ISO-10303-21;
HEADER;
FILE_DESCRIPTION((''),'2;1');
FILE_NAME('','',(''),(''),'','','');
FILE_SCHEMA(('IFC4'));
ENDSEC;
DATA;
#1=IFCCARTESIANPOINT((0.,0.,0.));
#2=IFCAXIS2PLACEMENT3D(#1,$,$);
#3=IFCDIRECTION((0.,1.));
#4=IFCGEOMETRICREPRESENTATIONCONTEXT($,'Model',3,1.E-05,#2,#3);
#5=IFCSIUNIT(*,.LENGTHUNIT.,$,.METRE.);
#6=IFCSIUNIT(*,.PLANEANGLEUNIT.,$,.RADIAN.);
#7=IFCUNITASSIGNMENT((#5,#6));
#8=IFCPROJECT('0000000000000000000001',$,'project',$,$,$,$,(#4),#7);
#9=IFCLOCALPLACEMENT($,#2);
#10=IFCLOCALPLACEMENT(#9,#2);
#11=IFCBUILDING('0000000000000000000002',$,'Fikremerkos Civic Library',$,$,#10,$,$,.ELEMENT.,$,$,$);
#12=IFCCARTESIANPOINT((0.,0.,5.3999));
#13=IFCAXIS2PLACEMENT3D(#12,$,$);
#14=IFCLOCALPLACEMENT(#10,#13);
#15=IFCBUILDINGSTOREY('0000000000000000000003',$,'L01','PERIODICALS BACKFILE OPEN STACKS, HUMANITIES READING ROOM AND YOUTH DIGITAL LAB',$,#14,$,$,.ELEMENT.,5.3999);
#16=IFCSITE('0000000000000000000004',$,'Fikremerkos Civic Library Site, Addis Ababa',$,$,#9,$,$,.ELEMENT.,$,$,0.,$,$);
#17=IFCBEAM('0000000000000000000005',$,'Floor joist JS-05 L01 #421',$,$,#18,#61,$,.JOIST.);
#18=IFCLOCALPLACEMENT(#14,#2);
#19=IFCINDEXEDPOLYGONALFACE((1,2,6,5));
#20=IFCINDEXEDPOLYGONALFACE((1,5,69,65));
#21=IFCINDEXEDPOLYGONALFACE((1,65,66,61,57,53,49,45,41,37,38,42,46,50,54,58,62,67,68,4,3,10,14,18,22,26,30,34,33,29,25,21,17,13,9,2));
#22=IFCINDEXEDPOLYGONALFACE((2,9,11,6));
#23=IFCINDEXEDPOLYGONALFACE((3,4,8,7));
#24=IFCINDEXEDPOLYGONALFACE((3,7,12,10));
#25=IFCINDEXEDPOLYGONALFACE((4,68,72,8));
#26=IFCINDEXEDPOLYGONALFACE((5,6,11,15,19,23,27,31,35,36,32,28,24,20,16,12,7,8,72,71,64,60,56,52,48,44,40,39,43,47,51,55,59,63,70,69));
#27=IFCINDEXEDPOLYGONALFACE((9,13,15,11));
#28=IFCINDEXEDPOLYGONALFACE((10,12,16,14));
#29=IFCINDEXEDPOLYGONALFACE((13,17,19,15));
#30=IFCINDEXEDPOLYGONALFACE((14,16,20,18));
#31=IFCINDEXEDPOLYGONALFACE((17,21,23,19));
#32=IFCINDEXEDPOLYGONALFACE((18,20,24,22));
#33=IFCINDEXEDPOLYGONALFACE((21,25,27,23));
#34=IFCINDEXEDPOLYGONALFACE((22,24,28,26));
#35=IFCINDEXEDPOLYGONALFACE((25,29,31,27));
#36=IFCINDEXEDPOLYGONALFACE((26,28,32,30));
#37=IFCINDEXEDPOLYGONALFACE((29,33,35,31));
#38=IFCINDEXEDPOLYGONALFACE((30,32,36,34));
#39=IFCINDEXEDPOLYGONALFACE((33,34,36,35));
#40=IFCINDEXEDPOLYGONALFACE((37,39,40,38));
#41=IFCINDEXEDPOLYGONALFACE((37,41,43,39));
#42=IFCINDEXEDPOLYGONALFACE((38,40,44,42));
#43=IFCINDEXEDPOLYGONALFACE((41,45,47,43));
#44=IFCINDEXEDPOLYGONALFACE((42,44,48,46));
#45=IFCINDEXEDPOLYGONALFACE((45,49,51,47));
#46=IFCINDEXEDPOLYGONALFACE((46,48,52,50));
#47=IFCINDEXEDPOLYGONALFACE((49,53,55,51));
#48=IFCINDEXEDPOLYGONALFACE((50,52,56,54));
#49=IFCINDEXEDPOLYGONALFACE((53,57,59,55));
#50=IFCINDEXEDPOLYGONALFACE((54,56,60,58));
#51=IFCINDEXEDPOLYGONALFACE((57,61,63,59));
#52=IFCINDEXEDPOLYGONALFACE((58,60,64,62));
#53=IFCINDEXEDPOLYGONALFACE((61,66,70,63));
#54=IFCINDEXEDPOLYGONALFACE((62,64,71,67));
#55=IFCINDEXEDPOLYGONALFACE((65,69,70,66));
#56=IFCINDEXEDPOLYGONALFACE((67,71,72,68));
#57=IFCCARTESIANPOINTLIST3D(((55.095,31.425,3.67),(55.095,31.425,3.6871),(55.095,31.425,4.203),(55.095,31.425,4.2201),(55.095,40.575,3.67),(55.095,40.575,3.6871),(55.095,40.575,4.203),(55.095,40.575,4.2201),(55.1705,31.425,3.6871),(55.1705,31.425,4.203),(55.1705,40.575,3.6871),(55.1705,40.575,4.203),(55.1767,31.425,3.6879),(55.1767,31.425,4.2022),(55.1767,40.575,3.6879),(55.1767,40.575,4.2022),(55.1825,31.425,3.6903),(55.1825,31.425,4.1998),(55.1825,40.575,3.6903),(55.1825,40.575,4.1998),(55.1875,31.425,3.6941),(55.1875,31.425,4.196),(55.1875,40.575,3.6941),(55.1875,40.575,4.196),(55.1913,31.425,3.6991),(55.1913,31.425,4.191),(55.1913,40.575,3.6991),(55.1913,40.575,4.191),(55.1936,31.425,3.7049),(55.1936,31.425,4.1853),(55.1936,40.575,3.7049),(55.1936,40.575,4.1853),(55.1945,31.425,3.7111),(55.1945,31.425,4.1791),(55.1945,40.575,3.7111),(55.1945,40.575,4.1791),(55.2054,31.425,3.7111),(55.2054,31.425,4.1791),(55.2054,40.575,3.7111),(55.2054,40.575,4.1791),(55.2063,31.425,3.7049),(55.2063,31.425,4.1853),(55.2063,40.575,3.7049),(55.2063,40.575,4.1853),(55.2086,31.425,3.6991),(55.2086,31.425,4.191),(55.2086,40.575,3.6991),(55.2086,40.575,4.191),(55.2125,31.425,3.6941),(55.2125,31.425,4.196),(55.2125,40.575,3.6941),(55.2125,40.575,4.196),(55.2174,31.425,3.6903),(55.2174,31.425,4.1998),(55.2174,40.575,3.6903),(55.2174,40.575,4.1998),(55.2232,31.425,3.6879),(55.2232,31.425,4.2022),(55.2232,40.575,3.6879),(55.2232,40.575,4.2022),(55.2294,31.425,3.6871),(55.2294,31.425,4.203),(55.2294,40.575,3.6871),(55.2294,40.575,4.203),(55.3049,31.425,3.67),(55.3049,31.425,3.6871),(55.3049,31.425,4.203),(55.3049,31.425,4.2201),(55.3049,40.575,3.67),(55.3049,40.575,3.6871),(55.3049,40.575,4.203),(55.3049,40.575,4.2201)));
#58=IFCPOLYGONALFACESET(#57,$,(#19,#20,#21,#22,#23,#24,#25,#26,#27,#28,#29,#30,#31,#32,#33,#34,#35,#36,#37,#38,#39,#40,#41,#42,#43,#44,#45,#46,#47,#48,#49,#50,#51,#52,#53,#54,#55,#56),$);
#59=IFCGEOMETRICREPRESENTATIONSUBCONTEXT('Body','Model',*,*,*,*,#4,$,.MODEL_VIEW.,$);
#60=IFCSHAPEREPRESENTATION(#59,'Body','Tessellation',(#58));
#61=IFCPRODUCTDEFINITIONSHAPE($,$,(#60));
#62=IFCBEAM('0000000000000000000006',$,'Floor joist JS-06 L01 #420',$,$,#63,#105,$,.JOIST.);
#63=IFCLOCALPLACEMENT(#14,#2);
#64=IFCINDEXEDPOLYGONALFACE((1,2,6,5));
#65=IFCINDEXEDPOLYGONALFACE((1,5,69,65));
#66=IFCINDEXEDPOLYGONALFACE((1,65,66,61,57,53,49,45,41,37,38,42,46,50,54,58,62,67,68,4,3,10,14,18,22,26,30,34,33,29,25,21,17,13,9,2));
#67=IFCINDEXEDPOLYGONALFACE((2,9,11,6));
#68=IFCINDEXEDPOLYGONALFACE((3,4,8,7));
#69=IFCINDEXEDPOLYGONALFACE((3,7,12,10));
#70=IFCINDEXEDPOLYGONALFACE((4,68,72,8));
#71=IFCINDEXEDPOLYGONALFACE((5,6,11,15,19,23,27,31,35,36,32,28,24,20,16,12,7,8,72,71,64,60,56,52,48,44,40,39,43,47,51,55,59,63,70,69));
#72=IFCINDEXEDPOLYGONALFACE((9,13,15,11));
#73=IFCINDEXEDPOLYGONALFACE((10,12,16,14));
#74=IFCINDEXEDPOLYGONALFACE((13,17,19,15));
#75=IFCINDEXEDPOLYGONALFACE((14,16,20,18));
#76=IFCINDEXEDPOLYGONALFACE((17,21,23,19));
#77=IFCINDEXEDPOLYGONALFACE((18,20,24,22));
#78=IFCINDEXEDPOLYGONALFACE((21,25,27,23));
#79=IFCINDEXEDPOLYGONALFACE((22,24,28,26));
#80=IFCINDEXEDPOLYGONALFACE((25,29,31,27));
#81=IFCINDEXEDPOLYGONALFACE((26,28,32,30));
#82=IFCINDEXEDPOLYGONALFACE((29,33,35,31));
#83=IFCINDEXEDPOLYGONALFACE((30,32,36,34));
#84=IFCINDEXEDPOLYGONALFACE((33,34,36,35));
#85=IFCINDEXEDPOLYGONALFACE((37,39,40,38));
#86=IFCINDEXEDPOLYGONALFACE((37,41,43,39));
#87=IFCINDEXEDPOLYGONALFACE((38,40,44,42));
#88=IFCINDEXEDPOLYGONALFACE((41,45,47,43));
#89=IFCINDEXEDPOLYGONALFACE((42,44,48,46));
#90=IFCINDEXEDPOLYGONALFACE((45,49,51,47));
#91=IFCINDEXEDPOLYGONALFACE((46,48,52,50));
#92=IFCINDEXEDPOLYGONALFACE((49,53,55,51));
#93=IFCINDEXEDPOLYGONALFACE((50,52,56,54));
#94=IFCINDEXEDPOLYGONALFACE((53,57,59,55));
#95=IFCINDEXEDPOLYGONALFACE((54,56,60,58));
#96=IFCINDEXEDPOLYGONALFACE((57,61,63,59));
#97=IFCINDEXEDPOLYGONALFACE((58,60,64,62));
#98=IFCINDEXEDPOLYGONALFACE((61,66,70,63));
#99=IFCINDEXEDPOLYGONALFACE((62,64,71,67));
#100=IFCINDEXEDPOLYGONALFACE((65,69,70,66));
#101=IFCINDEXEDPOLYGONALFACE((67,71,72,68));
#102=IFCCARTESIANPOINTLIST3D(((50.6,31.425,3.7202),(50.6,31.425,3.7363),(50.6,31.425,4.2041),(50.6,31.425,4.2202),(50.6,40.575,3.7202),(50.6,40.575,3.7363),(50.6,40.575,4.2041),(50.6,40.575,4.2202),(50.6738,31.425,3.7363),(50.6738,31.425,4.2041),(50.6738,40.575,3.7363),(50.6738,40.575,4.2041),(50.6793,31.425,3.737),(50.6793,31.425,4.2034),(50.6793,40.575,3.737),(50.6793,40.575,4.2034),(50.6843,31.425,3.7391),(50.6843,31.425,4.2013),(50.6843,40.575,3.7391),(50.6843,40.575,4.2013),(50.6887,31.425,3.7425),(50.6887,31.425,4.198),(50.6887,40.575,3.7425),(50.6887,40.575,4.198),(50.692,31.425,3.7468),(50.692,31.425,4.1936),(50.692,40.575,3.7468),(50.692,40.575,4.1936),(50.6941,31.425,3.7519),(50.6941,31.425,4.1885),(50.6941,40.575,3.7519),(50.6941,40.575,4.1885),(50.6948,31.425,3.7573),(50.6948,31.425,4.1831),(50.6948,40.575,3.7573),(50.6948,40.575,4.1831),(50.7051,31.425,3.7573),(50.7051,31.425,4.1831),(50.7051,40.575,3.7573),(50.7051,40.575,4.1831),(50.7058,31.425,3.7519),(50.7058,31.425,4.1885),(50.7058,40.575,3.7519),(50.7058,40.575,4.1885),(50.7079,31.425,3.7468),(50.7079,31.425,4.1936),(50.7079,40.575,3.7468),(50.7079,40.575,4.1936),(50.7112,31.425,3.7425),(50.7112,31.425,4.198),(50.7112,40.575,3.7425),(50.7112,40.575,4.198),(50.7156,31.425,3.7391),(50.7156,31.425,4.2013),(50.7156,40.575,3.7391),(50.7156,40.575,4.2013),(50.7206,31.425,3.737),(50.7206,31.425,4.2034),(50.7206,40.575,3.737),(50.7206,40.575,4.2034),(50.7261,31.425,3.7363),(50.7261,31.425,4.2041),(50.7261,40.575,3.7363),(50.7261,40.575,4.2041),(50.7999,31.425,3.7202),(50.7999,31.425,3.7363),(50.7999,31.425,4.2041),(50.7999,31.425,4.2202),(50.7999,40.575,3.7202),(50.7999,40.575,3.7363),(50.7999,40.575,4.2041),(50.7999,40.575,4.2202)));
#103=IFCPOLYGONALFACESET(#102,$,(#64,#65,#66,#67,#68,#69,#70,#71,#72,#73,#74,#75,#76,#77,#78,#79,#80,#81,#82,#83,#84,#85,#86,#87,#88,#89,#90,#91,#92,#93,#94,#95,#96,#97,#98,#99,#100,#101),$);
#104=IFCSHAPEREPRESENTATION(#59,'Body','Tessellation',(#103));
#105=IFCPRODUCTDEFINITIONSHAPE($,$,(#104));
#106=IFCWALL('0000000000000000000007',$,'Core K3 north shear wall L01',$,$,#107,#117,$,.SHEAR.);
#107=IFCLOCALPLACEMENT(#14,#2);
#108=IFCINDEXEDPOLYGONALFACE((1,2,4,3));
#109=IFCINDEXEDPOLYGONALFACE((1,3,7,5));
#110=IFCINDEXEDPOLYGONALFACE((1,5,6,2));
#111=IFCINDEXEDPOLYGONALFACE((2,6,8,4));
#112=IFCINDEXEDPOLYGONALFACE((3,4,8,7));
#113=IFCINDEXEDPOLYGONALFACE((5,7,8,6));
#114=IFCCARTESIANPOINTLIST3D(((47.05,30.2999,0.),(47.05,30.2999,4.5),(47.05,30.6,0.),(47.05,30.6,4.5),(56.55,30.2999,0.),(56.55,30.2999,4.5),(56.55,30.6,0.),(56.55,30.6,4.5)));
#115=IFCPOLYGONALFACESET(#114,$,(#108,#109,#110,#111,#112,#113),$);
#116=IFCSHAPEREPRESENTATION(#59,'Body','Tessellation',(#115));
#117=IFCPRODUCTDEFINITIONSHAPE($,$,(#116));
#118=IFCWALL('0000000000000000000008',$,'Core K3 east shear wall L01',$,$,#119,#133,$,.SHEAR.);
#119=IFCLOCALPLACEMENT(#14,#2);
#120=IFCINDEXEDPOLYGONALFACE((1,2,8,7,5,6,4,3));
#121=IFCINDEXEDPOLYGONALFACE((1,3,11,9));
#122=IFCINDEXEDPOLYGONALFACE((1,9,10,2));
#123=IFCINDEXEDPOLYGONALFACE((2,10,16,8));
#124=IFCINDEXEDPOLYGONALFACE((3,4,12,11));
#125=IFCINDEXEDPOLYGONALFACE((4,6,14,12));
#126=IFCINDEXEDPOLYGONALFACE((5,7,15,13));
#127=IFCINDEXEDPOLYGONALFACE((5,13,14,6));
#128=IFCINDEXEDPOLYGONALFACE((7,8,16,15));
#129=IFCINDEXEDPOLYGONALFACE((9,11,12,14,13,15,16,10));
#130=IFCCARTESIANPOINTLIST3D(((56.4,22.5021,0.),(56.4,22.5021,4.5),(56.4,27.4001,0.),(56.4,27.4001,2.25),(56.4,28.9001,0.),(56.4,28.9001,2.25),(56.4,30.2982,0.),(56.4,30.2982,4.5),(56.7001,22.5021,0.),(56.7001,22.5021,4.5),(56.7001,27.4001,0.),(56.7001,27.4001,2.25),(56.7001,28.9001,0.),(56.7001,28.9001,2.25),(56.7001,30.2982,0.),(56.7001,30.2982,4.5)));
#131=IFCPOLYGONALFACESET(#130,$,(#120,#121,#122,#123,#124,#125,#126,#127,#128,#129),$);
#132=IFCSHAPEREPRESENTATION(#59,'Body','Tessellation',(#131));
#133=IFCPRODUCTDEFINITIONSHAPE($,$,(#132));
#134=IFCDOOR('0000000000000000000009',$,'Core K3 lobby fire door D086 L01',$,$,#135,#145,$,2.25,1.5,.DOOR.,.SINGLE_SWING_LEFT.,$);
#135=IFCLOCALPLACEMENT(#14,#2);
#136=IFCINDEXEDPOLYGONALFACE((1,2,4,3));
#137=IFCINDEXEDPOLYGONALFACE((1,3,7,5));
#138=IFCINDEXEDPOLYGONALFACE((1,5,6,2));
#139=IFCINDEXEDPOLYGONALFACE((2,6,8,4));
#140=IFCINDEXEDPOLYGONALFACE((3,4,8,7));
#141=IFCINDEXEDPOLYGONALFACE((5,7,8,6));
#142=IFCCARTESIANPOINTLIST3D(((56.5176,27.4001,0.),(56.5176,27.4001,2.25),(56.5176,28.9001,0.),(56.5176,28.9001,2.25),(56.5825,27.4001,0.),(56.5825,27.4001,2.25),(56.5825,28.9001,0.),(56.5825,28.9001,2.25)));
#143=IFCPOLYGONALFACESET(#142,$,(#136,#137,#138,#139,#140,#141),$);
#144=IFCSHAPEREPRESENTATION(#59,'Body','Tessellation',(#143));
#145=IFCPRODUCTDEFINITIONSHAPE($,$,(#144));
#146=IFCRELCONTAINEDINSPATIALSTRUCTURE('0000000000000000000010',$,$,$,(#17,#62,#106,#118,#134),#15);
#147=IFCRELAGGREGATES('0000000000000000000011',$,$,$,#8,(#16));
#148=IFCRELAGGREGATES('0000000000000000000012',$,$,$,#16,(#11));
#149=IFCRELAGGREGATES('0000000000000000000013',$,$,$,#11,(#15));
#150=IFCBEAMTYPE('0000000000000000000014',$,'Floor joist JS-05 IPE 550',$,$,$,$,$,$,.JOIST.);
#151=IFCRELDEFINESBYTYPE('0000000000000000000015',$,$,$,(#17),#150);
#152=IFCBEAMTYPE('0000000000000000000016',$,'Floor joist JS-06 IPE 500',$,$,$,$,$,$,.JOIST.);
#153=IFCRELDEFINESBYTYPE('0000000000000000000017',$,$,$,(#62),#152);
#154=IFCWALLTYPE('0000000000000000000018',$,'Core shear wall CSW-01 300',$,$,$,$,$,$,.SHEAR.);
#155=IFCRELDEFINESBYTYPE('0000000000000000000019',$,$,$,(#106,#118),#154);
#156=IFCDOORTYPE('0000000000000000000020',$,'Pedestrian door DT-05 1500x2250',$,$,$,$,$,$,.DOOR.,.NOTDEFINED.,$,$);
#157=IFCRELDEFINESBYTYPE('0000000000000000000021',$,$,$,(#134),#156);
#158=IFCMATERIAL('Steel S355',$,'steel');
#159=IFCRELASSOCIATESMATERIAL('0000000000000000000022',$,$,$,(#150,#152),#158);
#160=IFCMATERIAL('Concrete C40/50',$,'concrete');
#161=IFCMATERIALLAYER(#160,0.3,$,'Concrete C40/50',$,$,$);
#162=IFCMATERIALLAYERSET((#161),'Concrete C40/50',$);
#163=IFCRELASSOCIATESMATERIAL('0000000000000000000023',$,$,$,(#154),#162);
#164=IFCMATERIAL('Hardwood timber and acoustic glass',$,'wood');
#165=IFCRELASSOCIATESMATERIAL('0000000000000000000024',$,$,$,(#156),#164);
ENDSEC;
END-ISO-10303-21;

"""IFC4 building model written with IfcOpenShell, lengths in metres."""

from ifc_helpers import new_model, si_unit, direction, frame, frame_2d, origin, origin_2d, place, context, subcontext, project, spatial, rectangle, i_section, extrude, material, layer, layer_set, material_profile, profile_set, type_object, element, fill, save


model = new_model("IFC4")

# Units and contexts
model_context = context("Model", 3, precision=1e-05, world=origin(), true_north=direction((0.0, 1.0)))
body_context = subcontext(model_context, "Body", "Model", "MODEL_VIEW")
ifc_project = project(units=[si_unit("LENGTHUNIT", "METRE"), si_unit("PLANEANGLEUNIT", "RADIAN")], contexts=[model_context])

# Site, building, storey
site_placement = place(None, origin())
site = spatial("IfcSite", under=ifc_project, at=site_placement, Name="Fikremerkos Civic Library Site, Addis Ababa", CompositionType="ELEMENT", RefElevation=0.0)
building_placement = place(site_placement, origin())
building = spatial("IfcBuilding", under=site, at=building_placement, Name="Fikremerkos Civic Library", CompositionType="ELEMENT")
storey_placement = place(building_placement, frame((0.0, 0.0, 5.3999)))
storey = spatial("IfcBuildingStorey", under=building, at=storey_placement, Name="L01", Description="PERIODICALS BACKFILE OPEN STACKS, HUMANITIES READING ROOM AND YOUTH DIGITAL LAB", CompositionType="ELEMENT", Elevation=5.3999)

# Beams
ifc_material_1 = material(Name="Steel S355", Category="steel")
ifc_material_profile_1 = material_profile(ifc_material_1, i_section(OverallWidth=0.21, OverallDepth=0.55, WebThickness=0.011, FlangeThickness=0.0171, FilletRadius=0.0239, at=origin_2d()), Name="IPE 550")
ifc_profile_set_1 = profile_set([ifc_material_profile_1], Name="Steel S355")
beam_type_1 = type_object("IfcBeamType", Name="Floor joist JS-05 IPE 550", PredefinedType="JOIST", material=ifc_profile_set_1)
beam_1_placement = place(storey_placement, frame((55.2, 31.425, 3.9451), z_axis=(0.0, 1.0, 0.0), x_axis=(-1.0, 0.0, 0.0)))
element("IfcBeam", 1, at=beam_1_placement, inside=storey, type_object=beam_type_1, Name="Floor joist JS-05 L01 #421", PredefinedType="JOIST", context=body_context, shape_type="SweptSolid", body=[
    extrude(i_section(OverallWidth=0.21, OverallDepth=0.55, WebThickness=0.011, FlangeThickness=0.0171, FilletRadius=0.0239, at=origin_2d()), origin(), (0.0, 0.0, 1.0), 9.1499),
])
ifc_material_profile_2 = material_profile(ifc_material_1, i_section(OverallWidth=0.2, OverallDepth=0.5, WebThickness=0.0103, FlangeThickness=0.0161, FilletRadius=0.021, at=origin_2d()), Name="IPE 500")
ifc_profile_set_2 = profile_set([ifc_material_profile_2], Name="Steel S355")
beam_type_2 = type_object("IfcBeamType", Name="Floor joist JS-06 IPE 500", PredefinedType="JOIST", material=ifc_profile_set_2)
beam_2_placement = place(storey_placement, frame((50.7, 31.425, 3.9702), z_axis=(0.0, 1.0, 0.0), x_axis=(-1.0, 0.0, 0.0)))
element("IfcBeam", 2, at=beam_2_placement, inside=storey, type_object=beam_type_2, Name="Floor joist JS-06 L01 #420", PredefinedType="JOIST", context=body_context, shape_type="SweptSolid", body=[
    extrude(i_section(OverallWidth=0.2, OverallDepth=0.5, WebThickness=0.0103, FlangeThickness=0.0161, FilletRadius=0.021, at=origin_2d()), origin(), (0.0, 0.0, 1.0), 9.1499),
])

# Wall
ifc_material_2 = material(Name="Concrete C40/50", Category="concrete")
ifc_layer_1 = layer(ifc_material_2, 0.3, Name="Concrete C40/50")
ifc_layer_set_1 = layer_set([ifc_layer_1], Name="Concrete C40/50")
wall_type_1 = type_object("IfcWallType", Name="Core shear wall CSW-01 300", PredefinedType="SHEAR", material=ifc_layer_set_1)
wall_1_placement = place(storey_placement, frame((47.05, 30.45, 0.0), z_axis=(0.0, 0.0, 1.0), x_axis=(1.0, 0.0, 0.0)))
element("IfcWall", 3, at=wall_1_placement, inside=storey, type_object=wall_type_1, Name="Core K3 north shear wall L01", PredefinedType="SHEAR", context=body_context, shape_type="SweptSolid", body=[
    extrude(rectangle(XDim=9.5, YDim=0.3, at=frame_2d((4.75, 0.0))), origin(), (0.0, 0.0, 1.0), 4.5),
])

# Wall, opening, door
wall_2_placement = place(storey_placement, frame((56.55, 30.2981, 0.0), z_axis=(0.0, 0.0, 1.0), x_axis=(0.0, -1.0, 0.0)))
wall_2 = element("IfcWall", 4, at=wall_2_placement, inside=storey, type_object=wall_type_1, Name="Core K3 east shear wall L01", PredefinedType="SHEAR", context=body_context, shape_type="SweptSolid", body=[
    extrude(rectangle(XDim=7.7961, YDim=0.3, at=frame_2d((3.8979, 0.0))), origin(), (0.0, 0.0, 1.0), 4.5),
])
opening_1_placement = place(wall_2_placement, frame((1.3979, 0.0, 0.0)))
opening_1 = element("IfcOpeningElement", 5, at=opening_1_placement, cuts=wall_2, PredefinedType="OPENING", context=body_context, shape_type="SweptSolid", body=[
    extrude(rectangle(XDim=1.5, YDim=2.25, at=frame_2d((0.75, 1.125))), frame((0.0, 0.1599, 0.0), z_axis=(0.0, -1.0, 0.0), x_axis=(1.0, 0.0, 0.0)), (0.0, 0.0, 1.0), 0.3201),
])
ifc_material_3 = material(Name="Hardwood timber and acoustic glass", Category="wood")
door_type_1 = type_object("IfcDoorType", Name="Pedestrian door DT-05 1500x2250", OperationType="NOTDEFINED", PredefinedType="DOOR", material=ifc_material_3)
door_1_placement = place(opening_1_placement, origin())
door_1 = element("IfcDoor", 6, at=door_1_placement, inside=storey, type_object=door_type_1, Name="Core K3 lobby fire door D086 L01", OperationType="SINGLE_SWING_LEFT", OverallHeight=2.25, OverallWidth=1.5, PredefinedType="DOOR", context=body_context, shape_type="SweptSolid", body=[
    extrude(rectangle(XDim=1.5, YDim=2.25, at=frame_2d((0.75, 1.125))), frame((0.0, 0.0325, 0.0), z_axis=(0.0, -1.0, 0.0), x_axis=(1.0, 0.0, 0.0)), (0.0, 0.0, 1.0), 0.0649),
])
fill(opening_1, door_1)

save(model, "model.ifc")
